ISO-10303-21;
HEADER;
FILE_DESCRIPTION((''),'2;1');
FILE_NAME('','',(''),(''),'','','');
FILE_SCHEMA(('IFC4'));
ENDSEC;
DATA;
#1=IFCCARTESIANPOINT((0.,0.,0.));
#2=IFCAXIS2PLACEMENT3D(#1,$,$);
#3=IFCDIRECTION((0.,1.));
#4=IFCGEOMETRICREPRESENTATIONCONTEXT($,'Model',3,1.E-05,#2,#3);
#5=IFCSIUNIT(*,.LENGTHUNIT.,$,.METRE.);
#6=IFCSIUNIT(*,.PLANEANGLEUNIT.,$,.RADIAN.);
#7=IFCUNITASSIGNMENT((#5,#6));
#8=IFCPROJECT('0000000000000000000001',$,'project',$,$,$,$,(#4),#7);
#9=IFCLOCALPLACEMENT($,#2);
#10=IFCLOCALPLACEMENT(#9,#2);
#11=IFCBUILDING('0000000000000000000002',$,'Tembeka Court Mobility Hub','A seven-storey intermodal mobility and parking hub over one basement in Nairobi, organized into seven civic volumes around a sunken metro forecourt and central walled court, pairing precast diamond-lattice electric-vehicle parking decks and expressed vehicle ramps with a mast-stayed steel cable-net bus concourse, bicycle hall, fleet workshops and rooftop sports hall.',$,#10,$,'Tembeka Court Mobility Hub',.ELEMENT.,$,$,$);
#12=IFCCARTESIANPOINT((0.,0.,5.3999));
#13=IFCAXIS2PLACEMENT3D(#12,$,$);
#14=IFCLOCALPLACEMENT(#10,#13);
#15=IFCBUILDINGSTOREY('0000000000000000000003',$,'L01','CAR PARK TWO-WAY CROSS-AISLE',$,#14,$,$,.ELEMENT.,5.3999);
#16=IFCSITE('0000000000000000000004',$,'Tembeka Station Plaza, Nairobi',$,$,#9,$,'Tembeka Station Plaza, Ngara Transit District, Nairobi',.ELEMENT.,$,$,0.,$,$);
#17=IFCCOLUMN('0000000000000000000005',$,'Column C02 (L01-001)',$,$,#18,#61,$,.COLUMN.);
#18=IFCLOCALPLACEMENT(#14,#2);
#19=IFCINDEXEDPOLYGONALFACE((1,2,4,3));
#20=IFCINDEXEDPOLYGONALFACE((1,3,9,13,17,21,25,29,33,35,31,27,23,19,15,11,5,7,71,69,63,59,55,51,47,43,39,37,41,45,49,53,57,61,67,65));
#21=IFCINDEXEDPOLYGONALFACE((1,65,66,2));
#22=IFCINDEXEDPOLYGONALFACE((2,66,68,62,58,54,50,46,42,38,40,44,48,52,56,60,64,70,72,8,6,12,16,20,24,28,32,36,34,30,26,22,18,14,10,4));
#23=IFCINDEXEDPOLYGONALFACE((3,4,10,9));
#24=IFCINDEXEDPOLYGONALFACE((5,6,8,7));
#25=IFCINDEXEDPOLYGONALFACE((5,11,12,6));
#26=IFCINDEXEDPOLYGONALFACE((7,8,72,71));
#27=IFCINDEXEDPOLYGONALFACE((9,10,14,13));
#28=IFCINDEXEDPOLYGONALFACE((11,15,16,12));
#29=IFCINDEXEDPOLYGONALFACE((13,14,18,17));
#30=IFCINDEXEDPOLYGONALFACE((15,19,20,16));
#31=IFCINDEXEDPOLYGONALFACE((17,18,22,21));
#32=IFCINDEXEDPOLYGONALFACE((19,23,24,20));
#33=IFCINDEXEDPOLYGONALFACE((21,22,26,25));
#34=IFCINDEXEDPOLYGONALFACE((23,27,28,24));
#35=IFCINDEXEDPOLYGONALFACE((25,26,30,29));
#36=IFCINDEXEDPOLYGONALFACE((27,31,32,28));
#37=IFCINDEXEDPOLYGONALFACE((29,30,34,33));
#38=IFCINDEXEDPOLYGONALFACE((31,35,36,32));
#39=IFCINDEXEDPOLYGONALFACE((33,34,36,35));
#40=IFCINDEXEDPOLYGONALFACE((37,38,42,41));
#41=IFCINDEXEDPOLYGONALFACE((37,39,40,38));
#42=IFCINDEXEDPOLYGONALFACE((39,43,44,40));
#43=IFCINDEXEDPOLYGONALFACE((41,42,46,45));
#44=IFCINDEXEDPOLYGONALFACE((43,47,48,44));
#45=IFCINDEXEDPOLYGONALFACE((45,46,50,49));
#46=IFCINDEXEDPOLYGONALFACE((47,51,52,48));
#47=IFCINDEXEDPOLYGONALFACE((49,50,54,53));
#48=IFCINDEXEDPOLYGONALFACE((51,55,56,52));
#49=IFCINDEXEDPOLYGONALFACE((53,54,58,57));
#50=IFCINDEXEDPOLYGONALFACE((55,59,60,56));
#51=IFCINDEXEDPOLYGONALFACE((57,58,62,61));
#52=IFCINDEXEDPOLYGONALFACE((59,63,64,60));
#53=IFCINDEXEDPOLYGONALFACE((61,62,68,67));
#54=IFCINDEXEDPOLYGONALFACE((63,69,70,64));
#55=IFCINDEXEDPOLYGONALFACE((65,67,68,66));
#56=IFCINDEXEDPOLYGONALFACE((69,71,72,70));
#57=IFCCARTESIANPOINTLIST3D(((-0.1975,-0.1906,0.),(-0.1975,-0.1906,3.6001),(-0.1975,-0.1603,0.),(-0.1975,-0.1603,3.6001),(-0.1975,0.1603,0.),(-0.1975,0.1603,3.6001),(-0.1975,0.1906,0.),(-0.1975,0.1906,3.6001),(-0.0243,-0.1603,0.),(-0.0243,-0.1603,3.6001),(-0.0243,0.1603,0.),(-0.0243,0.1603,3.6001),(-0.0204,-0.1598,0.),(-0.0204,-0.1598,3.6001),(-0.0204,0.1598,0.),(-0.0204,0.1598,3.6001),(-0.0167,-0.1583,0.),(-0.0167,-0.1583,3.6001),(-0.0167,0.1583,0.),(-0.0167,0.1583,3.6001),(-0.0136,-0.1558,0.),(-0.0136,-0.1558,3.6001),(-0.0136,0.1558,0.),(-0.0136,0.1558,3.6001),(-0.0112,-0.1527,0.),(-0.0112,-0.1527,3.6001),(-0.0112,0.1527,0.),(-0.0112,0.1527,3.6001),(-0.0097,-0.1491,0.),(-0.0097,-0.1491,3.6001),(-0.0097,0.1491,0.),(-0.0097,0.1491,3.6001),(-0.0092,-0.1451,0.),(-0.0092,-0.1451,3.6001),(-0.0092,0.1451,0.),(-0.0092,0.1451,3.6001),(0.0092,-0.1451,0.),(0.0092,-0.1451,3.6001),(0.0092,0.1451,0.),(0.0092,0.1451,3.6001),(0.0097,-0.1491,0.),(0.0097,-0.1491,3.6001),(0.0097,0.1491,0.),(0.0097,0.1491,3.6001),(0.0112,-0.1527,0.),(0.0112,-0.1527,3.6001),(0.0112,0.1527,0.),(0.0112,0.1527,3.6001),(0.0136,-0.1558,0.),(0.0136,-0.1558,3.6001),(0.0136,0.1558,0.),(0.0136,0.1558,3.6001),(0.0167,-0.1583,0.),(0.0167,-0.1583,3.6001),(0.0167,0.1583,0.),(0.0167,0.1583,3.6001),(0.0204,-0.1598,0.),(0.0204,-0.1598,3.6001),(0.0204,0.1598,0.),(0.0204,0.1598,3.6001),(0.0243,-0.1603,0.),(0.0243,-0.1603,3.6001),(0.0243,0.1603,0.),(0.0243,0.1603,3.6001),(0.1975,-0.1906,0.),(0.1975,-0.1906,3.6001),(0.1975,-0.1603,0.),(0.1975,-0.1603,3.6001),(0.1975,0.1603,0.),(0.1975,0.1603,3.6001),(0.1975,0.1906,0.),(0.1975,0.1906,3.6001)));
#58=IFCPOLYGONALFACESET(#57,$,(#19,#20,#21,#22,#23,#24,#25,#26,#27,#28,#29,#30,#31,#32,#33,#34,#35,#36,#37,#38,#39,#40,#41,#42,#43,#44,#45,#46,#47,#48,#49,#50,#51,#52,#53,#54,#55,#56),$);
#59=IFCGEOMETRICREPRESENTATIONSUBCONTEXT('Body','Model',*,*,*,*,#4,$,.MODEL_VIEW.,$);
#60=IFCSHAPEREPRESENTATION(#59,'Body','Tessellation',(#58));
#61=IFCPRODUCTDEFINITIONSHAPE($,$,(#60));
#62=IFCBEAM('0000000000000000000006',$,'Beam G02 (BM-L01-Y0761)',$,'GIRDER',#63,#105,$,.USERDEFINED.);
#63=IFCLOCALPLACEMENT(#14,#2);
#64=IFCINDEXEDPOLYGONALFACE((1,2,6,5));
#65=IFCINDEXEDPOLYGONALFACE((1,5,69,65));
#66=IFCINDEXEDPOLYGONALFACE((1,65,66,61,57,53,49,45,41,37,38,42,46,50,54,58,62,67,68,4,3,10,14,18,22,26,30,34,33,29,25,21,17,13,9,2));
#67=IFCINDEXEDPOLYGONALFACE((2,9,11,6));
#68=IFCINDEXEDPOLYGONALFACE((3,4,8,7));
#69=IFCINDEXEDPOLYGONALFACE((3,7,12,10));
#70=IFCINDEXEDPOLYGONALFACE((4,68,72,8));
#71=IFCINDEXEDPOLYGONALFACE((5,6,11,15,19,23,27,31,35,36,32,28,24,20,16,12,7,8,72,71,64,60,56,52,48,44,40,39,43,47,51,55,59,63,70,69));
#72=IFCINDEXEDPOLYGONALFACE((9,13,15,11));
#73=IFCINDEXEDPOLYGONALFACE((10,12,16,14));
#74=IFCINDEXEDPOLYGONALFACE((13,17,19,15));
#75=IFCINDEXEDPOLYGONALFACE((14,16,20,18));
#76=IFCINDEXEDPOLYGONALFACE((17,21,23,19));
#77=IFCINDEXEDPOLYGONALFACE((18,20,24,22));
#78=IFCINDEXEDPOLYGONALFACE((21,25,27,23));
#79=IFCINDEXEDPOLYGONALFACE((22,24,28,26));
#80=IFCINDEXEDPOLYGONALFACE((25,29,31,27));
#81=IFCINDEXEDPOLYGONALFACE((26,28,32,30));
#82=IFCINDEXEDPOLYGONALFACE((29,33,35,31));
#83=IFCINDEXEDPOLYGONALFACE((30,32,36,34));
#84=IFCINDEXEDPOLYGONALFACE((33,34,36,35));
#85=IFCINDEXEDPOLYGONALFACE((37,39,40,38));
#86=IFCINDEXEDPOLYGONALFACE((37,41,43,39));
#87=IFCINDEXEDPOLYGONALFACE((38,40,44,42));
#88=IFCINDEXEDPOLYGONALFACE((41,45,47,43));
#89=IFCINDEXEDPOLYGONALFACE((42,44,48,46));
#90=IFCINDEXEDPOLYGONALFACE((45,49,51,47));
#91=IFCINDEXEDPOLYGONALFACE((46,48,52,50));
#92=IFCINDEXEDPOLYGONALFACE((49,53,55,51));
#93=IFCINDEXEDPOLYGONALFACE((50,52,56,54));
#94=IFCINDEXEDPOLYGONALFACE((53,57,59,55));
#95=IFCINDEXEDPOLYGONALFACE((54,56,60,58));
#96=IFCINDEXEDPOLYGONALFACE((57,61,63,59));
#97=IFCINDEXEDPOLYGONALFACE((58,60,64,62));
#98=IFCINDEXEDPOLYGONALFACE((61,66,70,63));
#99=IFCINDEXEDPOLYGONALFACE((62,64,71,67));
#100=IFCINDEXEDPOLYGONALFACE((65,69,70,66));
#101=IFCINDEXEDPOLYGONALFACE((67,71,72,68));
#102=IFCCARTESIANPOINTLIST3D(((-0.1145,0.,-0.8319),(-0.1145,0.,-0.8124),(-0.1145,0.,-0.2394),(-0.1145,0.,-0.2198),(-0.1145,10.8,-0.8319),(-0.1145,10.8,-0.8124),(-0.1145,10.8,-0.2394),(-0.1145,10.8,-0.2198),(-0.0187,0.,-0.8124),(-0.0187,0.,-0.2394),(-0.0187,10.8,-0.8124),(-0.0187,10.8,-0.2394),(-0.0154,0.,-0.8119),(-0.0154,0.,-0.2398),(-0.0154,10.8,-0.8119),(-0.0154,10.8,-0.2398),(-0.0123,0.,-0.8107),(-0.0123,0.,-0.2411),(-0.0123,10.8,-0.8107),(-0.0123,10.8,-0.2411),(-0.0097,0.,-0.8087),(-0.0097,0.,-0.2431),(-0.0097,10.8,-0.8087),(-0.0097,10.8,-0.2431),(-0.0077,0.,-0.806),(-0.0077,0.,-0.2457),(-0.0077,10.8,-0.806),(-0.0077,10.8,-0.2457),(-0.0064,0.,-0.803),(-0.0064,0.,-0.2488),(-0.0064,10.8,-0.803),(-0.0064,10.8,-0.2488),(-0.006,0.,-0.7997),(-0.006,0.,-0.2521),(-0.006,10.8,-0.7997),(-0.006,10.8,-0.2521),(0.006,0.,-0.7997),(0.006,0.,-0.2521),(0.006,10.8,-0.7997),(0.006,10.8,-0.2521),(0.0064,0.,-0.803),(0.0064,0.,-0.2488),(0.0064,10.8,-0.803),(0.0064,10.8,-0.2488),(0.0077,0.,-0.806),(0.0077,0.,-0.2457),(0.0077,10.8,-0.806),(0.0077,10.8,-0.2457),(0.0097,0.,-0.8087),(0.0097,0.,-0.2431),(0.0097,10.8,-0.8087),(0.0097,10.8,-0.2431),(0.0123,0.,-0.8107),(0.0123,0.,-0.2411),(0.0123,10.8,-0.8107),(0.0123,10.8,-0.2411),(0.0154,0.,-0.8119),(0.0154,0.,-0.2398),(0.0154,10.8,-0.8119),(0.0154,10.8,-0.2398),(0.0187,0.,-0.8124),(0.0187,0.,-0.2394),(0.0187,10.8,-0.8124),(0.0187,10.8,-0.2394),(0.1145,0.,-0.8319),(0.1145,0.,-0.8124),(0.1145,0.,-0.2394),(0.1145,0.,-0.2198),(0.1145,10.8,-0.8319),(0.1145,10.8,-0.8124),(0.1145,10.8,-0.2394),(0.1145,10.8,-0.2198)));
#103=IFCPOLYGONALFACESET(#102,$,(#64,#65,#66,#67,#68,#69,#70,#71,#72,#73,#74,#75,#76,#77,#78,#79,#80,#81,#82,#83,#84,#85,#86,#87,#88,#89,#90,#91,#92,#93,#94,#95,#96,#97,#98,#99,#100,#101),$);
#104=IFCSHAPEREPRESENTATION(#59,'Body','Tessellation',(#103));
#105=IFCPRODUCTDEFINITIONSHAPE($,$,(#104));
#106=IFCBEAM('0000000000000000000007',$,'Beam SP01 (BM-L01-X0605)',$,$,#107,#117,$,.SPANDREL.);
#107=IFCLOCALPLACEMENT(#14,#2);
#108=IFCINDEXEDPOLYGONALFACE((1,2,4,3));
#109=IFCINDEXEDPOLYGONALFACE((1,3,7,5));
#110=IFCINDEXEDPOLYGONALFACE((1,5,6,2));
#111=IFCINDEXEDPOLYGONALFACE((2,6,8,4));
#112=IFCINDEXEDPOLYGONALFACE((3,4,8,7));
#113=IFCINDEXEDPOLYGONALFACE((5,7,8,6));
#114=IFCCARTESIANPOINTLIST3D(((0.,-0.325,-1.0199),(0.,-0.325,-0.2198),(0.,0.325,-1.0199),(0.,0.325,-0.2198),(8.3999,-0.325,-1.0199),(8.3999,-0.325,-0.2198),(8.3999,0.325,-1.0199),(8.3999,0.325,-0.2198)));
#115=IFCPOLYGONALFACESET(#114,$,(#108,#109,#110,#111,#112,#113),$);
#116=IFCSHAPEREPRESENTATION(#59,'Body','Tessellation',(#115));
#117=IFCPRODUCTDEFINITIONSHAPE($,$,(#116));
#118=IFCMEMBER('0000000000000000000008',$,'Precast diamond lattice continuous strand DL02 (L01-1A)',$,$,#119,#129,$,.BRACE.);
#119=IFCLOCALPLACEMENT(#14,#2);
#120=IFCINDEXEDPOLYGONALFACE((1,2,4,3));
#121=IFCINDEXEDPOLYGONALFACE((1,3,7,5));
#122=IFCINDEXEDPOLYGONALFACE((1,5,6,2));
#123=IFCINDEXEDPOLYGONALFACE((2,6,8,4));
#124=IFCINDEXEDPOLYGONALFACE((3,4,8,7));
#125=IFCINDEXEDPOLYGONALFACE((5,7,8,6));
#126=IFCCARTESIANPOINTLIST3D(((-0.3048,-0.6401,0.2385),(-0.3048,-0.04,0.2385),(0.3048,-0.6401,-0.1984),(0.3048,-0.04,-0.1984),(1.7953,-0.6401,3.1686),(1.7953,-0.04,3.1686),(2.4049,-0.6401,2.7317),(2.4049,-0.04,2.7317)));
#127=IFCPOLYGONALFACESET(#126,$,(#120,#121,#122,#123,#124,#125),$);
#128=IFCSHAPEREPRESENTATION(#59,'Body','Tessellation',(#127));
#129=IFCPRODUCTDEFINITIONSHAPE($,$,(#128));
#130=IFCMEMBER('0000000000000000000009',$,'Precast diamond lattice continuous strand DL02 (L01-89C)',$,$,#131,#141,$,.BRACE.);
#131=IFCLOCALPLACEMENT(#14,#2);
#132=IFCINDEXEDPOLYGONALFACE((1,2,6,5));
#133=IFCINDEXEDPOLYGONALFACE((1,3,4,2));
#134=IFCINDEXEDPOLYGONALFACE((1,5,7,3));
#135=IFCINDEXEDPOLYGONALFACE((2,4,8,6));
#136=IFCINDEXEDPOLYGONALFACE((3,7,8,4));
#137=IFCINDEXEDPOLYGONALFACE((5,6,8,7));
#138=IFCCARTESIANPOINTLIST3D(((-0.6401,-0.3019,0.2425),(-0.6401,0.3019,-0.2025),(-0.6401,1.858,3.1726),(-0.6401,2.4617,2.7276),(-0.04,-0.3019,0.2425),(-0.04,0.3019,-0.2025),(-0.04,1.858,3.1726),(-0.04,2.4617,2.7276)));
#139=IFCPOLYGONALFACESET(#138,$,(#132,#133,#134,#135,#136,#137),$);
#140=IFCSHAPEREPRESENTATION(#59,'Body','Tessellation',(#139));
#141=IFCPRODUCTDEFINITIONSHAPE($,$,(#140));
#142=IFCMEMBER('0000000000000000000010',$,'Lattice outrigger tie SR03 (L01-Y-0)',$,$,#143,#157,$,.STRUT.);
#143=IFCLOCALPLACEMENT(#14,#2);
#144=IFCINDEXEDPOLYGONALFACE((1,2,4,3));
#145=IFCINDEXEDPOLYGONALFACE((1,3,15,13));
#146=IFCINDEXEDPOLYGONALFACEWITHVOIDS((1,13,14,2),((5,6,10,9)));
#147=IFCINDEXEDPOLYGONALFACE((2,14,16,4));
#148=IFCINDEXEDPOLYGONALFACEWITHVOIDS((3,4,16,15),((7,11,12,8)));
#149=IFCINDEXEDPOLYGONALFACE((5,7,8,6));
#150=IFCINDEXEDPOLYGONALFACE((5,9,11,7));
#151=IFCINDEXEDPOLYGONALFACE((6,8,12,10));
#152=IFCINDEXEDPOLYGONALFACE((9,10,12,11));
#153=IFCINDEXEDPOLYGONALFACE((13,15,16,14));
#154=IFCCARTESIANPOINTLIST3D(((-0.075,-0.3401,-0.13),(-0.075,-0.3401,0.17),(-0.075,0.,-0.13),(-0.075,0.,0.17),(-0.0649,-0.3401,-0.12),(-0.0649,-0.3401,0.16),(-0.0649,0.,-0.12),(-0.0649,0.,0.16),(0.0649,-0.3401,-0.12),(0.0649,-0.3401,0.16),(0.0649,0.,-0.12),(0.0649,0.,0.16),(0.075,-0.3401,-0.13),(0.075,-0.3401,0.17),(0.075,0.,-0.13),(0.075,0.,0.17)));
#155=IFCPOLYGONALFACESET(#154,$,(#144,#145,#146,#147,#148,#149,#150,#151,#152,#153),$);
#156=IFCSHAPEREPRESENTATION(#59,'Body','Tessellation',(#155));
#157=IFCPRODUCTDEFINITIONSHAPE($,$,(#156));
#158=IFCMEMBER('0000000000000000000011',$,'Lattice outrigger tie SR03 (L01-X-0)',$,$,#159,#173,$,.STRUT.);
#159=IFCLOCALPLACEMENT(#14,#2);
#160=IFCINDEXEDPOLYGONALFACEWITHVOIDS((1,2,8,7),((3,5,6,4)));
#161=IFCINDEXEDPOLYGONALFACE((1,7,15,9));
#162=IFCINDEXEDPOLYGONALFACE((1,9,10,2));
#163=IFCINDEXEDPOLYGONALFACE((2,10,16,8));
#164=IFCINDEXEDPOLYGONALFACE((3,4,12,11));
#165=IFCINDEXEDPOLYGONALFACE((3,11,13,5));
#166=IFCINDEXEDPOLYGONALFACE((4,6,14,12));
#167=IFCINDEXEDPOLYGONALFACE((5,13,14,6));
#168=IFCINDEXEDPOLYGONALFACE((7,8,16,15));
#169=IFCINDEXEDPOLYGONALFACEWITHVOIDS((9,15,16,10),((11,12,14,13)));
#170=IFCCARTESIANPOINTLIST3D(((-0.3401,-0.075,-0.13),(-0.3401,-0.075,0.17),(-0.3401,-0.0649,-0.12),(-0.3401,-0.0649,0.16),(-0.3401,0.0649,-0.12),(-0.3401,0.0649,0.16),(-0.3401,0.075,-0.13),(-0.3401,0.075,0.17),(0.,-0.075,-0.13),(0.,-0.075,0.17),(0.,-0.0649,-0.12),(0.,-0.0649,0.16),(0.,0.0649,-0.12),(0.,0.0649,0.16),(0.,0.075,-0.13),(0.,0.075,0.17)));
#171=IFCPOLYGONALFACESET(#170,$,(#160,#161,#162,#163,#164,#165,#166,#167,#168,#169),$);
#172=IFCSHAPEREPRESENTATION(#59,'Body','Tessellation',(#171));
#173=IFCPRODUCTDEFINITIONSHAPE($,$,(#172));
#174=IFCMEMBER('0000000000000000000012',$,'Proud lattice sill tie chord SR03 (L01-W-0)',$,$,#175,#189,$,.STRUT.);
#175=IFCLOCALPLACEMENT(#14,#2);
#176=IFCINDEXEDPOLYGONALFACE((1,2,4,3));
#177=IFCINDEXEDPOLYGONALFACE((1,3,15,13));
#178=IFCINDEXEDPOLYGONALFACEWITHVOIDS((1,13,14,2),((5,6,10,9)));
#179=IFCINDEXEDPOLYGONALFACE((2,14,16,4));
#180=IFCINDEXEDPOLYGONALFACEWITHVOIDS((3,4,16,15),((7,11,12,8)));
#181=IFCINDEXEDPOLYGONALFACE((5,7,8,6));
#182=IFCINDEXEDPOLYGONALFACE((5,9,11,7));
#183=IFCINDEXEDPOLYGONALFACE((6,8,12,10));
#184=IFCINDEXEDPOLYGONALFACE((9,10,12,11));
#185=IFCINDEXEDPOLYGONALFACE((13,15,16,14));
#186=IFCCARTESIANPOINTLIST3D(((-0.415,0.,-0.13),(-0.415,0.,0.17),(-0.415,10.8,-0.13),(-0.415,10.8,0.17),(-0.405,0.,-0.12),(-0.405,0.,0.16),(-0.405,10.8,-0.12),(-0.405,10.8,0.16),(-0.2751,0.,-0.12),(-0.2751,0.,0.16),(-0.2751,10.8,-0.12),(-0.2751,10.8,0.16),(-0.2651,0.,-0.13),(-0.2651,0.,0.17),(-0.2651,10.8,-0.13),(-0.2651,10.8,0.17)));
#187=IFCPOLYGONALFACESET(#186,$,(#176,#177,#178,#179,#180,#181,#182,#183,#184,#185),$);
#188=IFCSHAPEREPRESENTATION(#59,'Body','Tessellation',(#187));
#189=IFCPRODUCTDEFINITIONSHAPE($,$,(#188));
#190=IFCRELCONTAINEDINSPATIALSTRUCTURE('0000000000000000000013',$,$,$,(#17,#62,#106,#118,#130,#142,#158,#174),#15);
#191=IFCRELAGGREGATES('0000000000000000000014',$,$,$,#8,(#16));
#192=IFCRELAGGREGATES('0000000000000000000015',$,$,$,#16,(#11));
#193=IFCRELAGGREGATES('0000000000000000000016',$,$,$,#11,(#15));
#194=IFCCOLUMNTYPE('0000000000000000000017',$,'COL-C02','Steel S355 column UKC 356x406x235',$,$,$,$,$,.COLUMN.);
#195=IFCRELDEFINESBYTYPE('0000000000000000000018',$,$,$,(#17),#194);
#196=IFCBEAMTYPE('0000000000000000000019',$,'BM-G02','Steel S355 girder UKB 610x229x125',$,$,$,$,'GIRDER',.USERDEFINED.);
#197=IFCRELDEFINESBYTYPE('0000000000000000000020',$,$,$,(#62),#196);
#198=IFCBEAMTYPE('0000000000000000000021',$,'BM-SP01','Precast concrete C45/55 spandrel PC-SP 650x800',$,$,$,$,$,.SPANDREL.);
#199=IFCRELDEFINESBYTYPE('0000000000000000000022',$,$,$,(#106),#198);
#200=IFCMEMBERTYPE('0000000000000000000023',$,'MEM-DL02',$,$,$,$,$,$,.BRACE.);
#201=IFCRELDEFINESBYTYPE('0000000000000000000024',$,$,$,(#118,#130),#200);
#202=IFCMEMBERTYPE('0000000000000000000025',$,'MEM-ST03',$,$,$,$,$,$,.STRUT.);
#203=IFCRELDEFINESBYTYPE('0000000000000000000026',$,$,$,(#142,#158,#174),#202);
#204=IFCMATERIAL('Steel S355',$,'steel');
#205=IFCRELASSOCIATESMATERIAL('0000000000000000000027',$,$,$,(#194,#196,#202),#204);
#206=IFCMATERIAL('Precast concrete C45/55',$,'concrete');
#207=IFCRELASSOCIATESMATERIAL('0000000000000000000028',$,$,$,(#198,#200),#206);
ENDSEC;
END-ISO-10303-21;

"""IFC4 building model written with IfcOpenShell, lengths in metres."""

from ifc_helpers import new_model, si_unit, direction, frame, origin, origin_with_axes, origin_2d, place, context, subcontext, project, spatial, rectangle, hollow_rectangle, i_section, extrude, material, material_profile, profile_set, type_object, element, save


model = new_model("IFC4")

# Units and contexts
model_context = context("Model", 3, precision=1e-05, world=origin(), true_north=direction((0.0, 1.0)))
body_context = subcontext(model_context, "Body", "Model", "MODEL_VIEW")
ifc_project = project(units=[si_unit("LENGTHUNIT", "METRE"), si_unit("PLANEANGLEUNIT", "RADIAN")], contexts=[model_context])

# Site, building, storey
site_placement = place(None, origin())
site = spatial("IfcSite", under=ifc_project, at=site_placement, Name="Tembeka Station Plaza, Nairobi", LongName="Tembeka Station Plaza, Ngara Transit District, Nairobi", CompositionType="ELEMENT", RefElevation=0.0)
building_placement = place(site_placement, origin())
building = spatial("IfcBuilding", under=site, at=building_placement, Name="Tembeka Court Mobility Hub", Description="A seven-storey intermodal mobility and parking hub over one basement in Nairobi, organized into seven civic volumes around a sunken metro forecourt and central walled court, pairing precast diamond-lattice electric-vehicle parking decks and expressed vehicle ramps with a mast-stayed steel cable-net bus concourse, bicycle hall, fleet workshops and rooftop sports hall.", LongName="Tembeka Court Mobility Hub", CompositionType="ELEMENT")
storey_placement = place(building_placement, frame((0.0, 0.0, 5.3999)))
storey = spatial("IfcBuildingStorey", under=building, at=storey_placement, Name="L01", Description="CAR PARK TWO-WAY CROSS-AISLE", CompositionType="ELEMENT", Elevation=5.3999)

# Column
ifc_material_1 = material(Name="Steel S355", Category="steel")
ifc_material_profile_1 = material_profile(ifc_material_1, i_section(OverallWidth=0.395, OverallDepth=0.3811, WebThickness=0.0183, FlangeThickness=0.0303, FilletRadius=0.0151, at=origin_2d()), Name="UKC 356x406x235")
ifc_profile_set_1 = profile_set([ifc_material_profile_1], Name="Steel S355")
column_type = type_object("IfcColumnType", Name="COL-C02", Description="Steel S355 column UKC 356x406x235", PredefinedType="COLUMN", material=ifc_profile_set_1)
column_placement = place(storey_placement, origin_with_axes())
element("IfcColumn", 1, at=column_placement, inside=storey, type_object=column_type, Name="Column C02 (L01-001)", PredefinedType="COLUMN", context=body_context, shape_type="SweptSolid", body=[
    extrude(i_section(OverallWidth=0.395, OverallDepth=0.3811, WebThickness=0.0183, FlangeThickness=0.0303, FilletRadius=0.0151, at=origin_2d()), origin(), (0.0, 0.0, 1.0), 3.6001),
])

# Beams
ifc_material_profile_2 = material_profile(ifc_material_1, i_section(OverallWidth=0.229, OverallDepth=0.6121, WebThickness=0.012, FlangeThickness=0.0195, FilletRadius=0.0127, at=origin_2d()), Name="UKB 610x229x125")
ifc_profile_set_2 = profile_set([ifc_material_profile_2], Name="Steel S355")
beam_type_1 = type_object("IfcBeamType", Name="BM-G02", Description="Steel S355 girder UKB 610x229x125", ElementType="GIRDER", PredefinedType="USERDEFINED", material=ifc_profile_set_2)
beam_1_placement = place(storey_placement, frame((0.0, 0.0, -0.5259), z_axis=(0.0, 1.0, 0.0), x_axis=(-1.0, 0.0, 0.0)))
element("IfcBeam", 2, at=beam_1_placement, inside=storey, type_object=beam_type_1, Name="Beam G02 (BM-L01-Y0761)", ObjectType="GIRDER", PredefinedType="USERDEFINED", context=body_context, shape_type="SweptSolid", body=[
    extrude(i_section(OverallWidth=0.229, OverallDepth=0.6121, WebThickness=0.012, FlangeThickness=0.0195, FilletRadius=0.0127, at=origin_2d()), origin(), (0.0, 0.0, 1.0), 10.8),
])
ifc_material_2 = material(Name="Precast concrete C45/55", Category="concrete")
ifc_material_profile_3 = material_profile(ifc_material_2, rectangle(XDim=0.6499, YDim=0.8, at=origin_2d()), Name="PC-SP 650x800")
ifc_profile_set_3 = profile_set([ifc_material_profile_3], Name="Precast concrete C45/55")
beam_type_2 = type_object("IfcBeamType", Name="BM-SP01", Description="Precast concrete C45/55 spandrel PC-SP 650x800", PredefinedType="SPANDREL", material=ifc_profile_set_3)
beam_2_placement = place(storey_placement, frame((0.0, 0.0, -0.6199), z_axis=(1.0, 0.0, 0.0), x_axis=(0.0, 1.0, 0.0)))
element("IfcBeam", 3, at=beam_2_placement, inside=storey, type_object=beam_type_2, Name="Beam SP01 (BM-L01-X0605)", PredefinedType="SPANDREL", context=body_context, shape_type="SweptSolid", body=[
    extrude(rectangle(XDim=0.6499, YDim=0.8, at=origin_2d()), origin(), (0.0, 0.0, 1.0), 8.3999),
])

# Members
ifc_material_profile_4 = material_profile(ifc_material_2, rectangle(XDim=0.6001, YDim=0.75, at=origin_2d()), Name="PC-DIAG 600x750")
ifc_profile_set_4 = profile_set([ifc_material_profile_4], Name="Precast concrete C45/55")
member_type_1 = type_object("IfcMemberType", Name="MEM-DL02", PredefinedType="BRACE", material=ifc_profile_set_4)
member_1_placement = place(storey_placement, frame((0.0, -0.3401, 0.02), z_axis=(0.582544, 0.0, 0.812799), x_axis=(0.0, 1.0, 0.0)))
element("IfcMember", 4, at=member_1_placement, inside=storey, type_object=member_type_1, Name="Precast diamond lattice continuous strand DL02 (L01-1A)", PredefinedType="BRACE", context=body_context, shape_type="SweptSolid", body=[
    extrude(rectangle(XDim=0.6001, YDim=0.75, at=origin_2d()), origin(), (0.0, 0.0, 1.0), 3.605),
])
member_2_placement = place(storey_placement, frame((-0.3401, 0.0, 0.02), z_axis=(0.0, 0.593348, 0.804946), x_axis=(-1.0, 0.0, 0.0)))
element("IfcMember", 5, at=member_2_placement, inside=storey, type_object=member_type_1, Name="Precast diamond lattice continuous strand DL02 (L01-89C)", PredefinedType="BRACE", context=body_context, shape_type="SweptSolid", body=[
    extrude(rectangle(XDim=0.6001, YDim=0.75, at=origin_2d()), origin(), (0.0, 0.0, 1.0), 3.6401),
])
ifc_material_profile_5 = material_profile(ifc_material_1, hollow_rectangle(XDim=0.1499, YDim=0.3, WallThickness=0.01, at=origin_2d()), Name="RHS 300x150x10")
ifc_profile_set_5 = profile_set([ifc_material_profile_5], Name="Steel S355")
member_type_2 = type_object("IfcMemberType", Name="MEM-ST03", PredefinedType="STRUT", material=ifc_profile_set_5)
for number, where, z_axis, x_axis, name in (
    (6, (0.0, 0.0, 0.02), (0.0, -1.0, 0.0), (1.0, 0.0, 0.0), "Lattice outrigger tie SR03 (L01-Y-0)"),
    (7, (0.0, 0.0, 0.02), (-1.0, 0.0, 0.0), (0.0, -1.0, 0.0), "Lattice outrigger tie SR03 (L01-X-0)"),
):
    element("IfcMember", number, at=place(storey_placement, frame(where, z_axis=z_axis, x_axis=x_axis)), inside=storey, type_object=member_type_2, Name=name, PredefinedType="STRUT", context=body_context, shape_type="SweptSolid", body=[
        extrude(hollow_rectangle(XDim=0.1499, YDim=0.3, WallThickness=0.01, at=origin_2d()), origin(), (0.0, 0.0, 1.0), 0.3401),
    ])
member_3_placement = place(storey_placement, frame((-0.3401, 0.0, 0.02), z_axis=(0.0, 1.0, 0.0), x_axis=(-1.0, 0.0, 0.0)))
element("IfcMember", 8, at=member_3_placement, inside=storey, type_object=member_type_2, Name="Proud lattice sill tie chord SR03 (L01-W-0)", PredefinedType="STRUT", context=body_context, shape_type="SweptSolid", body=[
    extrude(hollow_rectangle(XDim=0.1499, YDim=0.3, WallThickness=0.01, at=origin_2d()), origin(), (0.0, 0.0, 1.0), 10.8),
])

save(model, "model.ifc")
